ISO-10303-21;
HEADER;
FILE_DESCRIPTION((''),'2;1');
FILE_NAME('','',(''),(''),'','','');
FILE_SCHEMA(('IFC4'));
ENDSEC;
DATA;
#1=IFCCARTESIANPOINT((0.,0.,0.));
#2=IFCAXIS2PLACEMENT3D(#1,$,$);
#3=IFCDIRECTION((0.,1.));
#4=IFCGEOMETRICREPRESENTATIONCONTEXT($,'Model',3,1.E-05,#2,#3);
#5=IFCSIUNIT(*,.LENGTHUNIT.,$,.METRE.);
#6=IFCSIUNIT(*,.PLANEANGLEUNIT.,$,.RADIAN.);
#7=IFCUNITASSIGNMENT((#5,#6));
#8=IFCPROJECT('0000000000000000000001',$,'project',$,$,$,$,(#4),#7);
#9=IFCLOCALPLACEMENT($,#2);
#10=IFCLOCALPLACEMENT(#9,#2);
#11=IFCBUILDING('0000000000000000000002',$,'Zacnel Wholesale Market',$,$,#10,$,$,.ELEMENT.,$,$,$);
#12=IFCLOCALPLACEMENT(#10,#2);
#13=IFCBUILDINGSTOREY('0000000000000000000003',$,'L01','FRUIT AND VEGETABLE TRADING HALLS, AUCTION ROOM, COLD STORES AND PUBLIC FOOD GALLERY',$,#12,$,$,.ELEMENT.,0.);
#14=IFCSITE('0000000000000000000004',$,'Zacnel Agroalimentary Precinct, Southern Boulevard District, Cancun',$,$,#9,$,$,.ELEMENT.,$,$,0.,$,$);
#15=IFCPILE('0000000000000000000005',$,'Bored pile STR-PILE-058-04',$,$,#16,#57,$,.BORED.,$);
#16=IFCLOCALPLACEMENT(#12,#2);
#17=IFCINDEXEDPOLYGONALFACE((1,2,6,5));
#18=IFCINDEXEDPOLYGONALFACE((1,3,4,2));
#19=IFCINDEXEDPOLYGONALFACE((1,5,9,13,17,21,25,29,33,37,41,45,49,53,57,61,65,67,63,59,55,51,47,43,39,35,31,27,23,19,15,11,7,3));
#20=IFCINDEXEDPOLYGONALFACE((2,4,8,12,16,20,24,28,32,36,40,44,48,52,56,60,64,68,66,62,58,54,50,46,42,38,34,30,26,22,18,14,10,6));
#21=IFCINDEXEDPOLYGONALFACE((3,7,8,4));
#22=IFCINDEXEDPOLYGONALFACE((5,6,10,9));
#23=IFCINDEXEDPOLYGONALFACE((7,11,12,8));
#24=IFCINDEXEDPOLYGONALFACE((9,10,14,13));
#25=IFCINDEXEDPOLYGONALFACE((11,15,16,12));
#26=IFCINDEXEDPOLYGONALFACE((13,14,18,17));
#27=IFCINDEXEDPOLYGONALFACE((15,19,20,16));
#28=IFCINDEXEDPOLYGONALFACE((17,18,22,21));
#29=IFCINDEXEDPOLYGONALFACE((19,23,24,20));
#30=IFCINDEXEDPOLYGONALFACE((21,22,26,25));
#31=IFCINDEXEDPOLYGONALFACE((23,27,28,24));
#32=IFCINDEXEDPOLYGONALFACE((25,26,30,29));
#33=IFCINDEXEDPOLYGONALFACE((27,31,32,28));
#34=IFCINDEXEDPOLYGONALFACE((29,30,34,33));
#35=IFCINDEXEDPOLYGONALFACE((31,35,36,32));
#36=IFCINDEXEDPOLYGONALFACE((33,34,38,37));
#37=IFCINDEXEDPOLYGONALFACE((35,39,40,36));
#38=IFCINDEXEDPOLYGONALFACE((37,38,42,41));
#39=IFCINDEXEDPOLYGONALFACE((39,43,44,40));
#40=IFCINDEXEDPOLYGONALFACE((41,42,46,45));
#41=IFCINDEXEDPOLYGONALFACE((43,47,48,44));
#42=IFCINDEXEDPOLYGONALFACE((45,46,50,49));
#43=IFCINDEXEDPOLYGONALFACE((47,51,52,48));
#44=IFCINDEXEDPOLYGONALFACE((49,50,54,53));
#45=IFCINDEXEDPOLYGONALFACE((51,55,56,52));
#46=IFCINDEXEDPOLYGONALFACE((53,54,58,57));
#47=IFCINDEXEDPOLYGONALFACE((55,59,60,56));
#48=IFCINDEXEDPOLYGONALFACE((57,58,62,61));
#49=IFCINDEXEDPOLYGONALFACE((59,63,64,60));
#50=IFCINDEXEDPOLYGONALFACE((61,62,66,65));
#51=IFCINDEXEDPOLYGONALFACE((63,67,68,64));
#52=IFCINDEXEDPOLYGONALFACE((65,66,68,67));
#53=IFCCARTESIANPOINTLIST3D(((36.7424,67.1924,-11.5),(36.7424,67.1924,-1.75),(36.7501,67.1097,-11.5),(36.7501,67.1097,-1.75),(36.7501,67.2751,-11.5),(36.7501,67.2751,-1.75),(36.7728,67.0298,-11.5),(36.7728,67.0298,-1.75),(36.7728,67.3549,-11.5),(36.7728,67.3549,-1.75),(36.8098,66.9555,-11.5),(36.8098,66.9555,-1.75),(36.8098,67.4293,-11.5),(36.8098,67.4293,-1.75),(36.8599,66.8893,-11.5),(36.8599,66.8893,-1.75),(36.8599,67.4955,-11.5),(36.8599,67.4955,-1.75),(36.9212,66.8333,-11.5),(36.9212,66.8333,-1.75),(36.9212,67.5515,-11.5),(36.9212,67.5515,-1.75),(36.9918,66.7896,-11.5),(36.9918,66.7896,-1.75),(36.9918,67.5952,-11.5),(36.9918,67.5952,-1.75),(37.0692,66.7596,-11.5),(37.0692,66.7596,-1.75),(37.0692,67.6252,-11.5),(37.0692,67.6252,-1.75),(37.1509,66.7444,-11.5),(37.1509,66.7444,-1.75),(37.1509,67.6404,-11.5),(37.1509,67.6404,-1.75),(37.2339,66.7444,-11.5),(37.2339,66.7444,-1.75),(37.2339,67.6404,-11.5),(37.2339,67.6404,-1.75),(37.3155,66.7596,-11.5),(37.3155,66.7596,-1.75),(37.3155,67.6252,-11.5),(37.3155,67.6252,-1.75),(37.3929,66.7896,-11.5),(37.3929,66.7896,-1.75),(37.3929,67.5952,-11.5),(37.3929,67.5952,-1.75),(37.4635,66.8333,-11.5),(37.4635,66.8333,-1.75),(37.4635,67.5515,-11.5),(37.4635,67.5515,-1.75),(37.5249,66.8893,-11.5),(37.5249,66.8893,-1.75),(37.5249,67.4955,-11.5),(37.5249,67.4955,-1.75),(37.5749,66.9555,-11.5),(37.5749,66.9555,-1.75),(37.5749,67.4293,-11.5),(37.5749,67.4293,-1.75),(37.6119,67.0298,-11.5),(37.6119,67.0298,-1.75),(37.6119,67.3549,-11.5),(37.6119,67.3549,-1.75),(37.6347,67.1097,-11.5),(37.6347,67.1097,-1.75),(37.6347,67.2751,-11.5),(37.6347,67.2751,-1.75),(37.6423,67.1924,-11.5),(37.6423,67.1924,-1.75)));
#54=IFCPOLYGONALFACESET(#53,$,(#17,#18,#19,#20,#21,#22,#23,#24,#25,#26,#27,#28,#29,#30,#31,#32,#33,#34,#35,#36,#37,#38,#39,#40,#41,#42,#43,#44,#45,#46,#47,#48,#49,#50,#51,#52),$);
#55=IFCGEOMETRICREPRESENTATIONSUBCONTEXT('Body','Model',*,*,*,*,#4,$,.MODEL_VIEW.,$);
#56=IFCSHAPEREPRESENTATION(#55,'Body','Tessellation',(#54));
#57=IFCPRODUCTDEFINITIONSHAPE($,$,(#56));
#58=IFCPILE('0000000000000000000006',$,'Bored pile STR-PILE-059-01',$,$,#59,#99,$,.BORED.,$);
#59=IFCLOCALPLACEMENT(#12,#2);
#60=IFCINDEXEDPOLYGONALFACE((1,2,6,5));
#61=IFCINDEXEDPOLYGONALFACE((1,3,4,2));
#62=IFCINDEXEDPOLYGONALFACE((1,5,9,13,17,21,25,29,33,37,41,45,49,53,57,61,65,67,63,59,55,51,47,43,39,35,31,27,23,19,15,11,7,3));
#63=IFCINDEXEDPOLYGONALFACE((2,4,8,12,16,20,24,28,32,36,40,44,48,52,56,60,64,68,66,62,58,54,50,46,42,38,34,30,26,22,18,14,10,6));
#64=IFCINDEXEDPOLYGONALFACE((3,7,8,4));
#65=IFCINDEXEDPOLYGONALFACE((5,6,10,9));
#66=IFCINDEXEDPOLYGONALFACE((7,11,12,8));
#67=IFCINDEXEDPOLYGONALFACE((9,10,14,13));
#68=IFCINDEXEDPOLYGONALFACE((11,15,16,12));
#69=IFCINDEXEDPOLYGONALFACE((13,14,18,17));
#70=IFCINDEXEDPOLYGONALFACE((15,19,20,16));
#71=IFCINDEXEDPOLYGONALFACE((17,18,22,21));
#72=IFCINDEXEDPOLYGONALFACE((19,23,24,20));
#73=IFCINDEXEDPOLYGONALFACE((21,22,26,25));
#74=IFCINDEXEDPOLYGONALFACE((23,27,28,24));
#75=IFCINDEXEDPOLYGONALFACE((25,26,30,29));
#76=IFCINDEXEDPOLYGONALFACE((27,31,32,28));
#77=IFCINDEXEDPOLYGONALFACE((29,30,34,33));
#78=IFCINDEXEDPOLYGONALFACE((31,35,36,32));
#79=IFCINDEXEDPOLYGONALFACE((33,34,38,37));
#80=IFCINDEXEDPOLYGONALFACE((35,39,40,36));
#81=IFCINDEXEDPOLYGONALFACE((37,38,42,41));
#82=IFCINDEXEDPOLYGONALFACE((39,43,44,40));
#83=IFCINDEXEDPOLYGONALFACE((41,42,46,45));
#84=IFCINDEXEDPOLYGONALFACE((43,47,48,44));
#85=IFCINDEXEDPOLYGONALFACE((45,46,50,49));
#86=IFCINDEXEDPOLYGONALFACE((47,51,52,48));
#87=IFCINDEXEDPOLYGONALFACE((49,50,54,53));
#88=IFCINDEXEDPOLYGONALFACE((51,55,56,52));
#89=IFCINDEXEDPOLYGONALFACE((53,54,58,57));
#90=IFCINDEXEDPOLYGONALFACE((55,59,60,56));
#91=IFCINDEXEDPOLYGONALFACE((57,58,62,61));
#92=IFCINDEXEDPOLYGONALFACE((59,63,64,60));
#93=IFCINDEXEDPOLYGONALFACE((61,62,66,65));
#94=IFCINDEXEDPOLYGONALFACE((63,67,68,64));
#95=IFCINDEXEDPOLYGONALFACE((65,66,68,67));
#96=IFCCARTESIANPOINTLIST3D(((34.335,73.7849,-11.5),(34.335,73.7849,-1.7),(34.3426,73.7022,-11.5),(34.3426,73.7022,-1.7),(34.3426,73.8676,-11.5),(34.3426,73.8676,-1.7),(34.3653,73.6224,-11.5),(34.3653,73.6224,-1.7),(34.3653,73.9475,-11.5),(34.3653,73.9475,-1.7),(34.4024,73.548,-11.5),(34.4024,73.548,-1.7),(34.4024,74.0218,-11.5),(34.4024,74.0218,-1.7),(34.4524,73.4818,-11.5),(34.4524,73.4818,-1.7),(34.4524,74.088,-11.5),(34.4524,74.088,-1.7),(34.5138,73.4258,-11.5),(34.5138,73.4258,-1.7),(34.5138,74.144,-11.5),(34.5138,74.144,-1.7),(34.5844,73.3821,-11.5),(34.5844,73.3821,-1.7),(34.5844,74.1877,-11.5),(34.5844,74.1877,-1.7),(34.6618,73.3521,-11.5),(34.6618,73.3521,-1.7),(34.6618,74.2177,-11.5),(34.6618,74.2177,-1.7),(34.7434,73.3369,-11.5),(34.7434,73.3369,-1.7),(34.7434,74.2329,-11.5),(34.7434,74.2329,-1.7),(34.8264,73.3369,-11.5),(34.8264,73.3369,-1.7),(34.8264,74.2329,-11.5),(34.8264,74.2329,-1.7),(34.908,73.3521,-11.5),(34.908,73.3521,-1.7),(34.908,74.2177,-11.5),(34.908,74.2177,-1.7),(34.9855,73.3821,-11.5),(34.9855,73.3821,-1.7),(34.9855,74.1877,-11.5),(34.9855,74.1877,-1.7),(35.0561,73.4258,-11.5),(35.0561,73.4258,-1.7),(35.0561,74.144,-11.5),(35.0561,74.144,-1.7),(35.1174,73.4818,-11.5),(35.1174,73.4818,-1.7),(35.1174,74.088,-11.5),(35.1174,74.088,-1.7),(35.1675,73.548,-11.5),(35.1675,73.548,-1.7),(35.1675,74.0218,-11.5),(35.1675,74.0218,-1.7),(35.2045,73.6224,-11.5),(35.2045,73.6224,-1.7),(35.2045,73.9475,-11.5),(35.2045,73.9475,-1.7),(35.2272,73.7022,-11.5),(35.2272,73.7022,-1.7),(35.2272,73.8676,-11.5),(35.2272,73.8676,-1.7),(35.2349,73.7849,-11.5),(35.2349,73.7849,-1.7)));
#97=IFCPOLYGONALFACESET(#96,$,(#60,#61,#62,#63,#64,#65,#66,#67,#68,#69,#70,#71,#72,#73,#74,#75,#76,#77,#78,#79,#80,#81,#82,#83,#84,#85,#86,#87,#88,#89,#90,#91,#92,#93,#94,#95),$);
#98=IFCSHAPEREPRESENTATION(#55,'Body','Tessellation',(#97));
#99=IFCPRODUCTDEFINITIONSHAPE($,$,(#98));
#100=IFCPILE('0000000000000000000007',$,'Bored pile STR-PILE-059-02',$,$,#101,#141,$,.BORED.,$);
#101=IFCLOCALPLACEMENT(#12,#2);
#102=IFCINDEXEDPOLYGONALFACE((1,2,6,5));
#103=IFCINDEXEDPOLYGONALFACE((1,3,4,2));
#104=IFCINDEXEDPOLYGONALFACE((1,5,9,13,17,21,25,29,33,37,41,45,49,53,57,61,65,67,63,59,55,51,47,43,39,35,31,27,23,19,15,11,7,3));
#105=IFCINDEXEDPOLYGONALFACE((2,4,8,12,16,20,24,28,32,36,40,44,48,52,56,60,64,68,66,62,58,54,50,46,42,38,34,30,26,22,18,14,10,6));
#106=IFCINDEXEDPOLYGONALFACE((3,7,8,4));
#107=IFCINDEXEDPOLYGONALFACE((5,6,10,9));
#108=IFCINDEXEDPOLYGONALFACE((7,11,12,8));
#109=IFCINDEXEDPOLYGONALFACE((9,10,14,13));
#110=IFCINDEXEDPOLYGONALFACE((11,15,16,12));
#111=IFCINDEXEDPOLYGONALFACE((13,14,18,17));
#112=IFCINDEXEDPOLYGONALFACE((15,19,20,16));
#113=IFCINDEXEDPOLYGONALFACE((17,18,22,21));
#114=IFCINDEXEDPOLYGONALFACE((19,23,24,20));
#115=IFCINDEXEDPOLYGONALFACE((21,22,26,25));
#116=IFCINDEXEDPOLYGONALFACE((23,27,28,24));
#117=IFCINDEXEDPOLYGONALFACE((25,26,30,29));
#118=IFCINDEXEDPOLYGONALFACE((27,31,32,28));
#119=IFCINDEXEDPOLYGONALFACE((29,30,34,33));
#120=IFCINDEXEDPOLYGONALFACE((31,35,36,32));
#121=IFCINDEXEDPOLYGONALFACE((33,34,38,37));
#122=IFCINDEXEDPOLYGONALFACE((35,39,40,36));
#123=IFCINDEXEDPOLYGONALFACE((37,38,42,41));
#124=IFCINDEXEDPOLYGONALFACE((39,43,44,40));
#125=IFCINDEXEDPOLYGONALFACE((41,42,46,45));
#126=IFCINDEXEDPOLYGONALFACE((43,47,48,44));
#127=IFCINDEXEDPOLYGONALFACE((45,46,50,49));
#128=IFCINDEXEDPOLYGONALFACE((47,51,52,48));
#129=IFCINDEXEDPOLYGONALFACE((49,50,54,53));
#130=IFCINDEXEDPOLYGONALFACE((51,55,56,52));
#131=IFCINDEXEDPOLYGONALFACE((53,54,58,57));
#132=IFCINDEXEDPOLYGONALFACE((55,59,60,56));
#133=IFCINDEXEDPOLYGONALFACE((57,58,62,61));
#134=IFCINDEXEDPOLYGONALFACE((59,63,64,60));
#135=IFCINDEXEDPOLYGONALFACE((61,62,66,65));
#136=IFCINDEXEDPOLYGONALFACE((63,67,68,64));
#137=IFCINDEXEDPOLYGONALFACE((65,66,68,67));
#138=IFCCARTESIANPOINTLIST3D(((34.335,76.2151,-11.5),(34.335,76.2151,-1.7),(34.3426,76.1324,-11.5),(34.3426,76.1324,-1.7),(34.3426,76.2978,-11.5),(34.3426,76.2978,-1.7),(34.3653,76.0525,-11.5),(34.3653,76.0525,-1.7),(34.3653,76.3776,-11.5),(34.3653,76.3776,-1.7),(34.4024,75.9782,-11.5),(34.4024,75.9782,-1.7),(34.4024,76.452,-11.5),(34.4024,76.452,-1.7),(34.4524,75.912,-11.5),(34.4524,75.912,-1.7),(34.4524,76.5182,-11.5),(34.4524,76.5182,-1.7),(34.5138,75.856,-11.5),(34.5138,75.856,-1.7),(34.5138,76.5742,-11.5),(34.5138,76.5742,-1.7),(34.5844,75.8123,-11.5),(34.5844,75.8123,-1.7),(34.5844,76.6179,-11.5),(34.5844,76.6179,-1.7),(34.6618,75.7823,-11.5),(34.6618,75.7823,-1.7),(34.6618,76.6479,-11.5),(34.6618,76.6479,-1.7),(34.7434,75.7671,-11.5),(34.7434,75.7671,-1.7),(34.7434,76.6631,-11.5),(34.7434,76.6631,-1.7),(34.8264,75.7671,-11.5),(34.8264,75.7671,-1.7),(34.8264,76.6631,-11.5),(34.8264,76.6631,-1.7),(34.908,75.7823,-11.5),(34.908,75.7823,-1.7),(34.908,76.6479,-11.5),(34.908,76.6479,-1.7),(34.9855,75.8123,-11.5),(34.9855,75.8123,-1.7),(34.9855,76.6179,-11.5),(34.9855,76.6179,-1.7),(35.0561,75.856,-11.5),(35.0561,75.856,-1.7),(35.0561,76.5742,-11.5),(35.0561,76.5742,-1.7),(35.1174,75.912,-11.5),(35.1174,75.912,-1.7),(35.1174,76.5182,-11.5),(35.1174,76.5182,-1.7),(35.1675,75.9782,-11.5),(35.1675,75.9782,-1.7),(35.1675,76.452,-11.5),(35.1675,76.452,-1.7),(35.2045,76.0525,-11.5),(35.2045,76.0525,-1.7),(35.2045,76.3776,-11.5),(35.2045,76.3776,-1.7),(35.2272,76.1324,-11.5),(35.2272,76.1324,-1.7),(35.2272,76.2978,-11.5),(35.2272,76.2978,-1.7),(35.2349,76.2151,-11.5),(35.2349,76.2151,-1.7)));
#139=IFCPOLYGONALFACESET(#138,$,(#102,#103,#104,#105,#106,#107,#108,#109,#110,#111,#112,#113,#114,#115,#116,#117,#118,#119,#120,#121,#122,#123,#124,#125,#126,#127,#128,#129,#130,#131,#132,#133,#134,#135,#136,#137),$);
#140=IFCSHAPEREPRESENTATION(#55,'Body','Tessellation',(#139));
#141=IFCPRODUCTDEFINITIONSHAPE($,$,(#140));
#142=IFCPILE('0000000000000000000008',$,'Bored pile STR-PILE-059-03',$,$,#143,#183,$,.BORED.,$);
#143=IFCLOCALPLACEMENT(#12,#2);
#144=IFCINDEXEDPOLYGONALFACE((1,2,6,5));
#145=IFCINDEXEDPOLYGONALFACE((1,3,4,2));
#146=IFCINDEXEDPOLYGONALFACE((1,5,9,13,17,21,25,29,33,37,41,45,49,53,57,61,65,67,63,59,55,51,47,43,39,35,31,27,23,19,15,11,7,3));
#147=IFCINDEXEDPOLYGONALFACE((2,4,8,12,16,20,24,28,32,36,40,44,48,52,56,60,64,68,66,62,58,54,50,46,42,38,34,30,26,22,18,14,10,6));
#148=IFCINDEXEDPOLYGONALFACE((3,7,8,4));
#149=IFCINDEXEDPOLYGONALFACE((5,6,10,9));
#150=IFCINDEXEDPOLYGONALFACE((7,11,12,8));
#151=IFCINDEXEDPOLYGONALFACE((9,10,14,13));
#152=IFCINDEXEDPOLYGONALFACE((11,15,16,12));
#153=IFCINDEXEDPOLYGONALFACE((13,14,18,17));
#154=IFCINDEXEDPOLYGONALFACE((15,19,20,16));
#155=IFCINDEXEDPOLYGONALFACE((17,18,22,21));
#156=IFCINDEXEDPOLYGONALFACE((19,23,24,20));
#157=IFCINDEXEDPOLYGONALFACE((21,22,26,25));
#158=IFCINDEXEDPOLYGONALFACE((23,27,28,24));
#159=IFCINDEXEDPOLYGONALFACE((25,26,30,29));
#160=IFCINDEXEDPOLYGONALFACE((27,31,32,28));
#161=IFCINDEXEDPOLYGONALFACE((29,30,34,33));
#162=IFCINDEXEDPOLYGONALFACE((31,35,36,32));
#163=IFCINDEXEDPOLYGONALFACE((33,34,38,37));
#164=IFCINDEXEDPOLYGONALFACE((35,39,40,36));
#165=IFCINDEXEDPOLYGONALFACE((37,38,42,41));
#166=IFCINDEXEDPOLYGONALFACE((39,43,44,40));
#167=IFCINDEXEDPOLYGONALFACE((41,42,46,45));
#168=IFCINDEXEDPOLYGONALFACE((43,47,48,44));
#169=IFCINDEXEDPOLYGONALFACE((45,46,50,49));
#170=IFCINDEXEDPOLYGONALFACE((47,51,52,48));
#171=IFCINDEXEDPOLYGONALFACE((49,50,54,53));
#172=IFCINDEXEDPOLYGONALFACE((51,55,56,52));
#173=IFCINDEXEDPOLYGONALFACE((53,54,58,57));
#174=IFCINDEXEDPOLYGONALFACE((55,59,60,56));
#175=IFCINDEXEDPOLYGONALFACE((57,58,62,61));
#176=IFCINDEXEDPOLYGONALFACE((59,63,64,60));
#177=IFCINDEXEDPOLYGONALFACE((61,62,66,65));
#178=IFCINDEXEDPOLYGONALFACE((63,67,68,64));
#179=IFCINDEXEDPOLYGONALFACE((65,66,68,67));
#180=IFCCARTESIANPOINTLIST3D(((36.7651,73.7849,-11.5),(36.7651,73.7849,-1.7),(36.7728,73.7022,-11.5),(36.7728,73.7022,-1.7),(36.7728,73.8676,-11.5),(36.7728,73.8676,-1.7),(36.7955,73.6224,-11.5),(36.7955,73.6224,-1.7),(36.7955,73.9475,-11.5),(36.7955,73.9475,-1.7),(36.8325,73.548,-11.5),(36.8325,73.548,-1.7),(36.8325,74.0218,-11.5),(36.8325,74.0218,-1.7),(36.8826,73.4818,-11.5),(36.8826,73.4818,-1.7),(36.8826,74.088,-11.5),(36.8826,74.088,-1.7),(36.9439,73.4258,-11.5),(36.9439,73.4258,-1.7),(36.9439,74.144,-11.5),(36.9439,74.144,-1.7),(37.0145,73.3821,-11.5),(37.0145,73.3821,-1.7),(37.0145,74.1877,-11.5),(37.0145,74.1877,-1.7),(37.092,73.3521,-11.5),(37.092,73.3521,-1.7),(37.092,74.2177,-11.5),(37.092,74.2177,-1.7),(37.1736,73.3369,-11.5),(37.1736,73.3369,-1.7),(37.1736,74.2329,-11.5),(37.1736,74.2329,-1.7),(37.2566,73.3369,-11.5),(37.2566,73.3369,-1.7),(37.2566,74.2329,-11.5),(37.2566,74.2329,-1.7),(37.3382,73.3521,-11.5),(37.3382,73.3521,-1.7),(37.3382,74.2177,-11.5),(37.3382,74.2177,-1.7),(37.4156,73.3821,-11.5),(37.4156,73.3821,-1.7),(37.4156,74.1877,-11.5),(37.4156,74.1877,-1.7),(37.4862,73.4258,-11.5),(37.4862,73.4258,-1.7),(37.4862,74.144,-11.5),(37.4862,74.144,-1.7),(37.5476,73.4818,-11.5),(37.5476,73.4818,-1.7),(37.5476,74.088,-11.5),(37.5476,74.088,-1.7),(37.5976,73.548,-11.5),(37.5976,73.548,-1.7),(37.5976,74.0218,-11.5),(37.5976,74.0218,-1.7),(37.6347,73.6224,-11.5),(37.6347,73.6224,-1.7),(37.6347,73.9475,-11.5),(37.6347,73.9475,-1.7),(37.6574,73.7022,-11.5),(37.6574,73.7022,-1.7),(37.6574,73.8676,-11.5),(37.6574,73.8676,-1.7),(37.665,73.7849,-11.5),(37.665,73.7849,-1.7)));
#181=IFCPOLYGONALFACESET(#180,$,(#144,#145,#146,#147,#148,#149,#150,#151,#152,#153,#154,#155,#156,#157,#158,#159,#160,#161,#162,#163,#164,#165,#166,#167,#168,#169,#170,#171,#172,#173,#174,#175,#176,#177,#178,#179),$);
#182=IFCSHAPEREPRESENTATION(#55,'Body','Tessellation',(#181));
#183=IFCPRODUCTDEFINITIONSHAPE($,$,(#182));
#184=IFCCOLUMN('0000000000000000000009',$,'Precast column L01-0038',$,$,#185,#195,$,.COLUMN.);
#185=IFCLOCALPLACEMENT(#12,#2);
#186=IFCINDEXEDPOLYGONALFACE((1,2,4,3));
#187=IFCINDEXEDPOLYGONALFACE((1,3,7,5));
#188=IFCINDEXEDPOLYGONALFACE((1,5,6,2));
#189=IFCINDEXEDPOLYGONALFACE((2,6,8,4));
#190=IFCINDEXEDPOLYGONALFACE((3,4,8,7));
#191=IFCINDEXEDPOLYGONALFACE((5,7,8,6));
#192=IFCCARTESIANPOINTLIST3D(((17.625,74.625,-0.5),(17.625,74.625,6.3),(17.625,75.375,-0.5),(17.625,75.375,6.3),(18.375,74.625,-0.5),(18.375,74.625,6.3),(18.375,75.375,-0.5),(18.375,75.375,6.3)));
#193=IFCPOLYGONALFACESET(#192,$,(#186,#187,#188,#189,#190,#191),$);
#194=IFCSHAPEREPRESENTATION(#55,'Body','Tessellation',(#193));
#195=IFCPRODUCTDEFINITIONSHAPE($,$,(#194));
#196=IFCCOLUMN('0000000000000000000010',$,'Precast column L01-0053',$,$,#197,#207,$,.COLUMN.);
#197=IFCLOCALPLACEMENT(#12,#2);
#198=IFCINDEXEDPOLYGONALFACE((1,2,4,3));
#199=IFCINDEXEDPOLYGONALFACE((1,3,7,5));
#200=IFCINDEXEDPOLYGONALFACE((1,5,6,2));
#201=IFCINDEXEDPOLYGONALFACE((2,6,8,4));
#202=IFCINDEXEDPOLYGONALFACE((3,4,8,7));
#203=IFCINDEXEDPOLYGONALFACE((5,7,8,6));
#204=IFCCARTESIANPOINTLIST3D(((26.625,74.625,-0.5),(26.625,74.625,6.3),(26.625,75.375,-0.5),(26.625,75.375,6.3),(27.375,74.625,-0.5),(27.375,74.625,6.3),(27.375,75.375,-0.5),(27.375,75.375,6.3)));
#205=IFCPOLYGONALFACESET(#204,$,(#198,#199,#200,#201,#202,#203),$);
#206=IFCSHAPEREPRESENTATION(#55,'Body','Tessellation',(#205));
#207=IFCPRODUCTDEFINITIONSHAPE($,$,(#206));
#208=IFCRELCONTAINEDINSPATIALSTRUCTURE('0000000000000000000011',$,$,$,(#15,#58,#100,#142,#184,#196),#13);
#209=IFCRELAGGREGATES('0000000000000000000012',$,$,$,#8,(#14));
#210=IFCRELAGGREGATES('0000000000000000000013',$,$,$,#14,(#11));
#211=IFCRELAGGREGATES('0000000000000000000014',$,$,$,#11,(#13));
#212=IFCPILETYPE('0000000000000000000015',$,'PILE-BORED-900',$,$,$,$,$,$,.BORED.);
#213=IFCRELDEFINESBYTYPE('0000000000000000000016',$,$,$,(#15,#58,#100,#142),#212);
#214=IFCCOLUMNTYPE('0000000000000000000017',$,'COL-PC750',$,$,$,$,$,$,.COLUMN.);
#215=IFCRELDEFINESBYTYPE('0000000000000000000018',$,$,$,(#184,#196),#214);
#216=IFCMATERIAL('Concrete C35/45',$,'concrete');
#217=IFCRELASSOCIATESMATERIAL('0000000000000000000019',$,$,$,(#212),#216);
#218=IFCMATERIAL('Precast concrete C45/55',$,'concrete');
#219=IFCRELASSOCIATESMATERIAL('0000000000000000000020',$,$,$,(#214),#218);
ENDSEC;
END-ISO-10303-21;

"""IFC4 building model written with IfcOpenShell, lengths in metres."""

from ifc_helpers import new_model, si_unit, direction, frame, origin, origin_2d, place, context, subcontext, project, spatial, rectangle, circle, extrude, material, material_profile, profile_set, type_object, element, save


model = new_model("IFC4")

# Units and contexts
model_context = context("Model", 3, precision=1e-05, world=origin(), true_north=direction((0.0, 1.0)))
body_context = subcontext(model_context, "Body", "Model", "MODEL_VIEW")
ifc_project = project(units=[si_unit("LENGTHUNIT", "METRE"), si_unit("PLANEANGLEUNIT", "RADIAN")], contexts=[model_context])

# Site, building, storey
site_placement = place(None, origin())
site = spatial("IfcSite", under=ifc_project, at=site_placement, Name="Zacnel Agroalimentary Precinct, Southern Boulevard District, Cancun", CompositionType="ELEMENT", RefElevation=0.0)
building_placement = place(site_placement, origin())
building = spatial("IfcBuilding", under=site, at=building_placement, Name="Zacnel Wholesale Market", CompositionType="ELEMENT")
storey_placement = place(building_placement, origin())
storey = spatial("IfcBuildingStorey", under=building, at=storey_placement, Name="L01", Description="FRUIT AND VEGETABLE TRADING HALLS, AUCTION ROOM, COLD STORES AND PUBLIC FOOD GALLERY", CompositionType="ELEMENT", Elevation=0.0)

# Piles
ifc_material_1 = material(Name="Concrete C35/45", Category="concrete")
ifc_material_profile_1 = material_profile(ifc_material_1, circle(Radius=0.45, at=origin_2d()), Name="BORED PILE D900")
ifc_profile_set_1 = profile_set([ifc_material_profile_1], Name="Concrete C35/45")
pile_type = type_object("IfcPileType", Name="PILE-BORED-900", PredefinedType="BORED", material=ifc_profile_set_1)
for number, where, z_axis, x_axis, name in (
    (1, (37.1924, 67.1924, -1.75), (0.0, 0.0, -1.0), (1.0, 0.0, 0.0), "Bored pile STR-PILE-058-04"),
):
    element("IfcPile", number, at=place(storey_placement, frame(where, z_axis=z_axis, x_axis=x_axis)), inside=storey, type_object=pile_type, Name=name, PredefinedType="BORED", context=body_context, shape_type="SweptSolid", body=[
        extrude(circle(Radius=0.45, at=origin_2d()), origin(), (0.0, 0.0, 1.0), 9.75),
    ])
for number, where, z_axis, x_axis, name in (
    (2, (34.7849, 73.7849, -1.7), (0.0, 0.0, -1.0), (1.0, 0.0, 0.0), "Bored pile STR-PILE-059-01"),
    (3, (34.7849, 76.2151, -1.7), (0.0, 0.0, -1.0), (1.0, 0.0, 0.0), "Bored pile STR-PILE-059-02"),
    (4, (37.2151, 73.7849, -1.7), (0.0, 0.0, -1.0), (1.0, 0.0, 0.0), "Bored pile STR-PILE-059-03"),
):
    element("IfcPile", number, at=place(storey_placement, frame(where, z_axis=z_axis, x_axis=x_axis)), inside=storey, type_object=pile_type, Name=name, PredefinedType="BORED", context=body_context, shape_type="SweptSolid", body=[
        extrude(circle(Radius=0.45, at=origin_2d()), origin(), (0.0, 0.0, 1.0), 9.8),
    ])

# Columns
ifc_material_2 = material(Name="Precast concrete C45/55", Category="concrete")
ifc_material_profile_2 = material_profile(ifc_material_2, rectangle(XDim=0.75, YDim=0.75, at=origin_2d()), Name="PC 750x750")
ifc_profile_set_2 = profile_set([ifc_material_profile_2], Name="Precast concrete C45/55")
column_type = type_object("IfcColumnType", Name="COL-PC750", PredefinedType="COLUMN", material=ifc_profile_set_2)
for number, where, z_axis, x_axis, name in (
    (5, (18.0, 75.0, -0.5), (0.0, 0.0, 1.0), (1.0, 0.0, 0.0), "Precast column L01-0038"),
    (6, (27.0, 75.0, -0.5), (0.0, 0.0, 1.0), (1.0, 0.0, 0.0), "Precast column L01-0053"),
):
    element("IfcColumn", number, at=place(storey_placement, frame(where, z_axis=z_axis, x_axis=x_axis)), inside=storey, type_object=column_type, Name=name, PredefinedType="COLUMN", context=body_context, shape_type="SweptSolid", body=[
        extrude(rectangle(XDim=0.75, YDim=0.75, at=origin_2d()), origin(), (0.0, 0.0, 1.0), 6.8),
    ])

save(model, "model.ifc")
